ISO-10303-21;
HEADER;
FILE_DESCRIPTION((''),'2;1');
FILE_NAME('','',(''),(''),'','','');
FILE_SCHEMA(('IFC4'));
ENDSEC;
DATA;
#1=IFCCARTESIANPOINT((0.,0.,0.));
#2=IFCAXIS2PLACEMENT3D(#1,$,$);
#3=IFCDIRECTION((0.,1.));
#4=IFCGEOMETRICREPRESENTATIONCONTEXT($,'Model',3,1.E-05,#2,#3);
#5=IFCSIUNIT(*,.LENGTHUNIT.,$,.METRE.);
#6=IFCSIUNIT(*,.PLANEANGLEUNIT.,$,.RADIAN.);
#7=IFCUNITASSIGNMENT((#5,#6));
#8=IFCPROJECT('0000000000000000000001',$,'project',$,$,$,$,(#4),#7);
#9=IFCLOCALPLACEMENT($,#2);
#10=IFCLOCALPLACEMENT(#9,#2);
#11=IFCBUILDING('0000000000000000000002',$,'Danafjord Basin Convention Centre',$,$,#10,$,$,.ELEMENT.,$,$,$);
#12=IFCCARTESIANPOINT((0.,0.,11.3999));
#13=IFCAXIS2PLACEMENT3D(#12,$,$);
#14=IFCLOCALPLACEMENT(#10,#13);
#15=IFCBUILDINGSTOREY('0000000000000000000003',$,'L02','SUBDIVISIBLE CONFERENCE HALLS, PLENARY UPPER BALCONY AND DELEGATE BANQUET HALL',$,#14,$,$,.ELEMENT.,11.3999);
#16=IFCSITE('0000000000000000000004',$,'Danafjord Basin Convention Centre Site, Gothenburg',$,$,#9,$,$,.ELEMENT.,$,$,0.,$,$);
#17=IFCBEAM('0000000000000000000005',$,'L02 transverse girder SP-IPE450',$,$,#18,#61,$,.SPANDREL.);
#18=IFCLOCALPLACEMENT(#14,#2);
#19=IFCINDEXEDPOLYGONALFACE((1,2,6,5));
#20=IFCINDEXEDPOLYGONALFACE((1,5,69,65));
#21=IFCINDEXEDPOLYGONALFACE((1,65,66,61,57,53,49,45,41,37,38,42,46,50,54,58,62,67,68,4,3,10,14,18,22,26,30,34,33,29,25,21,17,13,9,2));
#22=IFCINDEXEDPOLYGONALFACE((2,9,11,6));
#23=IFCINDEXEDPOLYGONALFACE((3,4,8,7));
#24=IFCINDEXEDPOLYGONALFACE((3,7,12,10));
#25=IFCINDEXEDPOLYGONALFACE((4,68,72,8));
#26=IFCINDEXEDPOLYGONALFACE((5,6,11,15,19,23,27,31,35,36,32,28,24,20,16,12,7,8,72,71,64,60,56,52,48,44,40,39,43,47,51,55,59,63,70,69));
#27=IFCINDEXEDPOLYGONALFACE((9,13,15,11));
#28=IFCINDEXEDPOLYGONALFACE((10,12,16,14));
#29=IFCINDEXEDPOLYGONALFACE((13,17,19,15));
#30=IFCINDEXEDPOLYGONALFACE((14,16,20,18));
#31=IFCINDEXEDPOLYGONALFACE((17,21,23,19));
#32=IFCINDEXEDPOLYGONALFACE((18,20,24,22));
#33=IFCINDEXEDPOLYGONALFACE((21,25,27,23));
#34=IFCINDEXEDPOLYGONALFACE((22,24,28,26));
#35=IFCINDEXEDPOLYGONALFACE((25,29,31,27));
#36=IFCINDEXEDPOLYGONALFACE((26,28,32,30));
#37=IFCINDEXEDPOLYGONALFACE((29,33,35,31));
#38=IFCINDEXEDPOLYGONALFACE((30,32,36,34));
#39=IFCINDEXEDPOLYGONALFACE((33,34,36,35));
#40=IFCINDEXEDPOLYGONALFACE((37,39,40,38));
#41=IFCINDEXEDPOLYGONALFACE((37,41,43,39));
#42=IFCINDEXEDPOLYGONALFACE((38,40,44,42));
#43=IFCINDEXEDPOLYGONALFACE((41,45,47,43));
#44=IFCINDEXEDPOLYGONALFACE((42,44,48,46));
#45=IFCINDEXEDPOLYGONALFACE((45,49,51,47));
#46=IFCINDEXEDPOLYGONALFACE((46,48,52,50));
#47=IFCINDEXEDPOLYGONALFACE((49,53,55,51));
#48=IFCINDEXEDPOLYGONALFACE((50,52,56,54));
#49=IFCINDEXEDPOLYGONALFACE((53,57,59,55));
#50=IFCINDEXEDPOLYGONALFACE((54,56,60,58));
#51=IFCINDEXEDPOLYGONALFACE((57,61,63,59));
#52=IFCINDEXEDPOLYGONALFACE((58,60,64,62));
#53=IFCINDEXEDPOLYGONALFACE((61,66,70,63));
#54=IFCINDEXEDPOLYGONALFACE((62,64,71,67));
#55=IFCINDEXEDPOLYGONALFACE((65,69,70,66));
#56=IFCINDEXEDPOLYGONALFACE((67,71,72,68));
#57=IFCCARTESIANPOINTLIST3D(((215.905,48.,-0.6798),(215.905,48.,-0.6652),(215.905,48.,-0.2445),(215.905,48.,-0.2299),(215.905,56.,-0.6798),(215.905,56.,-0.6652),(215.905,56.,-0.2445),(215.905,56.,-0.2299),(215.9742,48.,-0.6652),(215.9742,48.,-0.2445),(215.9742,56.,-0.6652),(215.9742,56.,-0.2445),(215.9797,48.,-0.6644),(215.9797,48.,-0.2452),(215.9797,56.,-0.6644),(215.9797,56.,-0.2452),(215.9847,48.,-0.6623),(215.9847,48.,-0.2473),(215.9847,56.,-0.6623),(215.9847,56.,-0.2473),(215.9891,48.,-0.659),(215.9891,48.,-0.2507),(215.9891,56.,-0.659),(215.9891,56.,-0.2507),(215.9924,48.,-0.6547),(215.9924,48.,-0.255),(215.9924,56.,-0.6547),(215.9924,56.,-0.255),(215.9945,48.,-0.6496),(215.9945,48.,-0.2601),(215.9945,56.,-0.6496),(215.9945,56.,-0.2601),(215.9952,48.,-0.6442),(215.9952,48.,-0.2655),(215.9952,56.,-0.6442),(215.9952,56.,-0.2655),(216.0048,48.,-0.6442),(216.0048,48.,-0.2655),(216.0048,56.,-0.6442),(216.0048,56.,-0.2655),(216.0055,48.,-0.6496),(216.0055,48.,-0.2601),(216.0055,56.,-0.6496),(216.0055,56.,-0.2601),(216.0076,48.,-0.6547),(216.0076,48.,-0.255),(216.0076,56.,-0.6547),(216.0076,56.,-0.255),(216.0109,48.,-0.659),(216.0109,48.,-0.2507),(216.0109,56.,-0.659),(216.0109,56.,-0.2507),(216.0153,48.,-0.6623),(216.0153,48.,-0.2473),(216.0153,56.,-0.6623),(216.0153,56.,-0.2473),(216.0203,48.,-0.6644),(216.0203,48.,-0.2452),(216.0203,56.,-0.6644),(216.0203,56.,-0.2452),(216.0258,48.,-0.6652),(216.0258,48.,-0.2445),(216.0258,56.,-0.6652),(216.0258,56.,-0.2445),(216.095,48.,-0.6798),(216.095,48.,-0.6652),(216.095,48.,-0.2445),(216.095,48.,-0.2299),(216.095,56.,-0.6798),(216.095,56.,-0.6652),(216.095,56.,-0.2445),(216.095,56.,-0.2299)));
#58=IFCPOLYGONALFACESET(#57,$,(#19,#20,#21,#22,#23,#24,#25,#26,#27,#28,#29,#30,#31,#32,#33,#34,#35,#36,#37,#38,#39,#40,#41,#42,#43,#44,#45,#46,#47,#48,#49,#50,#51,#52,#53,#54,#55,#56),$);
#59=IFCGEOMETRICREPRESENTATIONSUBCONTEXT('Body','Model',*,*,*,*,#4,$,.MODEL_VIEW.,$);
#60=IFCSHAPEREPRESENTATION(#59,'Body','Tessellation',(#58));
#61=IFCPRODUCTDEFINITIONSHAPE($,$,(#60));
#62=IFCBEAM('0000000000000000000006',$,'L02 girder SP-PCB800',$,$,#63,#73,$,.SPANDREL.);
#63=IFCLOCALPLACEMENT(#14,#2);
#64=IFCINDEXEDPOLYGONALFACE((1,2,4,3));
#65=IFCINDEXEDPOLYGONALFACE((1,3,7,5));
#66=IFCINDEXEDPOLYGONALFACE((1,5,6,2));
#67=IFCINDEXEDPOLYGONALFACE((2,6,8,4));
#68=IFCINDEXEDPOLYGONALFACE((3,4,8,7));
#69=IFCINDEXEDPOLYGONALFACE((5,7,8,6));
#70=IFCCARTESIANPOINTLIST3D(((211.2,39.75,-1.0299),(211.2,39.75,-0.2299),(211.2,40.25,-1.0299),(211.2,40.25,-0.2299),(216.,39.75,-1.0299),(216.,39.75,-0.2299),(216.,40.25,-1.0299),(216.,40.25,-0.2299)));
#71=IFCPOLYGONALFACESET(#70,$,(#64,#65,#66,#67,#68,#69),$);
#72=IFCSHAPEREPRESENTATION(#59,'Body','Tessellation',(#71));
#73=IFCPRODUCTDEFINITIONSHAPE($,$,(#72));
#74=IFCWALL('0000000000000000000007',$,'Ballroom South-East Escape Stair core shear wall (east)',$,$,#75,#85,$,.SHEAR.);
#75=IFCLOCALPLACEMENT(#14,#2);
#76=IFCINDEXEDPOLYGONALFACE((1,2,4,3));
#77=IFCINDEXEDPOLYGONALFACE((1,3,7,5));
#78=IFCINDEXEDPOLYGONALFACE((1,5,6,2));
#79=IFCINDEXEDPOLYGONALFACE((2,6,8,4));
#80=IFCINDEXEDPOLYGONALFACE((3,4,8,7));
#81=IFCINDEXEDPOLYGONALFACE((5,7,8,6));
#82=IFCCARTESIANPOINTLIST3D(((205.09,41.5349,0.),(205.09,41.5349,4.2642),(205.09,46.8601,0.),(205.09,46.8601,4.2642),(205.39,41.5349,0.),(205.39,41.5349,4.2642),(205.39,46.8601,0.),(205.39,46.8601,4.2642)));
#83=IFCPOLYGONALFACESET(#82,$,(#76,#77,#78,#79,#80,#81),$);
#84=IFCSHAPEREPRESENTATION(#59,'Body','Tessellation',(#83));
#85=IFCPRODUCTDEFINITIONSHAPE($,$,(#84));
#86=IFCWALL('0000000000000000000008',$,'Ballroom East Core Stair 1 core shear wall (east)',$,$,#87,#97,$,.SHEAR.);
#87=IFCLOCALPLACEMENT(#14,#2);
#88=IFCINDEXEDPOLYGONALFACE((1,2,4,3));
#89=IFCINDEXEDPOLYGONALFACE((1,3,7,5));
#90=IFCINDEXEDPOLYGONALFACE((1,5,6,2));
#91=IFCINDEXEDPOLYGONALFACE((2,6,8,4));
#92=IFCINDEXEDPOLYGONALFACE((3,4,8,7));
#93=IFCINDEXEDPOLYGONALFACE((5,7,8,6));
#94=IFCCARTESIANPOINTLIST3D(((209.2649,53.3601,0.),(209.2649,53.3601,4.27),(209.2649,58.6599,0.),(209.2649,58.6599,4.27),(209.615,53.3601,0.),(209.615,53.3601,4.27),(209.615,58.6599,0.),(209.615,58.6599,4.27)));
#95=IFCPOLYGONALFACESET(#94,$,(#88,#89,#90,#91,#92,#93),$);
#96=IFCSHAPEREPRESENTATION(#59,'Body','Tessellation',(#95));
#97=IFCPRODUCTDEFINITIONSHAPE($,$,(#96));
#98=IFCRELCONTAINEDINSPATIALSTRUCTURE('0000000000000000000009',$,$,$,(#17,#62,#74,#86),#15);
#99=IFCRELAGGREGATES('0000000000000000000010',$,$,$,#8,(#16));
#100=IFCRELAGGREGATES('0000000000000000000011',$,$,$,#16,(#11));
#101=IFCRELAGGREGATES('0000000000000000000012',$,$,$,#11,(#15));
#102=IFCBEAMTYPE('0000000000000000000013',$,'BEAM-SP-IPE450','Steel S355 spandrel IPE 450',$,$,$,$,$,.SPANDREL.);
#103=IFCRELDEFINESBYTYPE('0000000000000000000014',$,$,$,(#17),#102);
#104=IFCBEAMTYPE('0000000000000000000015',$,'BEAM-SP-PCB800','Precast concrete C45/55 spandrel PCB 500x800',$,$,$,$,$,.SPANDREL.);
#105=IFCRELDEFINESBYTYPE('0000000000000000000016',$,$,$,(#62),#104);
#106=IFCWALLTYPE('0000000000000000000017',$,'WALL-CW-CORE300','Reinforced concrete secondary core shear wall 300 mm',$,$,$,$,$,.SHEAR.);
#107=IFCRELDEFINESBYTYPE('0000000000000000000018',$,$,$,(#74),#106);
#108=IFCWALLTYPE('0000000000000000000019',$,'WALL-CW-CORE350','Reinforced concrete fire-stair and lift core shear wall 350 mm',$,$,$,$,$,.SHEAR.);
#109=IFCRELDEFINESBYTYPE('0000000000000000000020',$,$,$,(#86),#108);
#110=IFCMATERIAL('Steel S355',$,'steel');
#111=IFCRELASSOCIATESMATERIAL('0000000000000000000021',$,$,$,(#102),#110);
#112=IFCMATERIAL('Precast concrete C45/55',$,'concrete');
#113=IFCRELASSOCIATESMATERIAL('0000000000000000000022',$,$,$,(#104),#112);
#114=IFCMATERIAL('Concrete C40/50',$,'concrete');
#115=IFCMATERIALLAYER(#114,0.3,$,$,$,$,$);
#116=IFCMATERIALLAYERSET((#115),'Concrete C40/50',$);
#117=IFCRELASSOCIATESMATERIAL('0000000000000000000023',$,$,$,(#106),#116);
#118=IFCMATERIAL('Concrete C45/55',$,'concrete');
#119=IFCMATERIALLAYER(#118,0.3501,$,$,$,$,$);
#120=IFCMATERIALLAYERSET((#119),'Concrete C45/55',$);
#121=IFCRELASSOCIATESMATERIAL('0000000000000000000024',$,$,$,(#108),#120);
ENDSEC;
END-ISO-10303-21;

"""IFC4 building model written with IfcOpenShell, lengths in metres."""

from ifc_helpers import new_model, si_unit, direction, frame, frame_2d, origin, origin_2d, place, context, subcontext, project, spatial, rectangle, i_section, extrude, material, layer, layer_set, material_profile, profile_set, type_object, element, save


model = new_model("IFC4")

# Units and contexts
model_context = context("Model", 3, precision=1e-05, world=origin(), true_north=direction((0.0, 1.0)))
body_context = subcontext(model_context, "Body", "Model", "MODEL_VIEW")
ifc_project = project(units=[si_unit("LENGTHUNIT", "METRE"), si_unit("PLANEANGLEUNIT", "RADIAN")], contexts=[model_context])

# Site, building, storey
site_placement = place(None, origin())
site = spatial("IfcSite", under=ifc_project, at=site_placement, Name="Danafjord Basin Convention Centre Site, Gothenburg", CompositionType="ELEMENT", RefElevation=0.0)
building_placement = place(site_placement, origin())
building = spatial("IfcBuilding", under=site, at=building_placement, Name="Danafjord Basin Convention Centre", CompositionType="ELEMENT")
storey_placement = place(building_placement, frame((0.0, 0.0, 11.3999)))
storey = spatial("IfcBuildingStorey", under=building, at=storey_placement, Name="L02", Description="SUBDIVISIBLE CONFERENCE HALLS, PLENARY UPPER BALCONY AND DELEGATE BANQUET HALL", CompositionType="ELEMENT", Elevation=11.3999)

# Shared definitions
ifc_material_1 = material(Name="Steel S355", Category="steel")

# Beams
ifc_material_profile_1 = material_profile(ifc_material_1, i_section(OverallWidth=0.1899, OverallDepth=0.45, WebThickness=0.0095, FlangeThickness=0.0146, FilletRadius=0.021, at=origin_2d()), Name="IPE 450")
ifc_profile_set_1 = profile_set([ifc_material_profile_1], Name="Steel S355")
beam_type_1 = type_object("IfcBeamType", Name="BEAM-SP-IPE450", Description="Steel S355 spandrel IPE 450", PredefinedType="SPANDREL", material=ifc_profile_set_1)
beam_1_placement = place(storey_placement, frame((216.0, 48.0, -0.4548), z_axis=(0.0, 1.0, 0.0), x_axis=(-1.0, 0.0, 0.0)))
element("IfcBeam", 1, at=beam_1_placement, inside=storey, type_object=beam_type_1, Name="L02 transverse girder SP-IPE450", PredefinedType="SPANDREL", context=body_context, shape_type="SweptSolid", body=[
    extrude(i_section(OverallWidth=0.1899, OverallDepth=0.45, WebThickness=0.0095, FlangeThickness=0.0146, FilletRadius=0.021, at=origin_2d()), origin(), (0.0, 0.0, 1.0), 8.0),
])
ifc_material_2 = material(Name="Precast concrete C45/55", Category="concrete")
ifc_material_profile_2 = material_profile(ifc_material_2, rectangle(XDim=0.5, YDim=0.8, at=origin_2d()), Name="PCB 500x800")
ifc_profile_set_2 = profile_set([ifc_material_profile_2], Name="Precast concrete C45/55")
beam_type_2 = type_object("IfcBeamType", Name="BEAM-SP-PCB800", Description="Precast concrete C45/55 spandrel PCB 500x800", PredefinedType="SPANDREL", material=ifc_profile_set_2)
beam_2_placement = place(storey_placement, frame((211.2, 40.0, -0.6299), z_axis=(1.0, 0.0, 0.0), x_axis=(0.0, 1.0, 0.0)))
element("IfcBeam", 2, at=beam_2_placement, inside=storey, type_object=beam_type_2, Name="L02 girder SP-PCB800", PredefinedType="SPANDREL", context=body_context, shape_type="SweptSolid", body=[
    extrude(rectangle(XDim=0.5, YDim=0.8, at=origin_2d()), origin(), (0.0, 0.0, 1.0), 4.8),
])

# Walls
ifc_material_3 = material(Name="Concrete C40/50", Category="concrete")
ifc_layer_1 = layer(ifc_material_3, 0.3)
ifc_layer_set_1 = layer_set([ifc_layer_1], Name="Concrete C40/50")
wall_type_1 = type_object("IfcWallType", Name="WALL-CW-CORE300", Description="Reinforced concrete secondary core shear wall 300 mm", PredefinedType="SHEAR", material=ifc_layer_set_1)
wall_1_placement = place(storey_placement, frame((205.24, 41.5349, 0.0), z_axis=(0.0, 0.0, 1.0), x_axis=(0.0, 1.0, 0.0)))
element("IfcWall", 3, at=wall_1_placement, inside=storey, type_object=wall_type_1, Name="Ballroom South-East Escape Stair core shear wall (east)", PredefinedType="SHEAR", context=body_context, shape_type="SweptSolid", body=[
    extrude(rectangle(XDim=5.3252, YDim=0.3, at=frame_2d((2.6626, 0.0))), origin(), (0.0, 0.0, 1.0), 4.2642),
])
ifc_material_4 = material(Name="Concrete C45/55", Category="concrete")
ifc_layer_2 = layer(ifc_material_4, 0.3501)
ifc_layer_set_2 = layer_set([ifc_layer_2], Name="Concrete C45/55")
wall_type_2 = type_object("IfcWallType", Name="WALL-CW-CORE350", Description="Reinforced concrete fire-stair and lift core shear wall 350 mm", PredefinedType="SHEAR", material=ifc_layer_set_2)
wall_2_placement = place(storey_placement, frame((209.4399, 53.3601, 0.0), z_axis=(0.0, 0.0, 1.0), x_axis=(0.0, 1.0, 0.0)))
element("IfcWall", 4, at=wall_2_placement, inside=storey, type_object=wall_type_2, Name="Ballroom East Core Stair 1 core shear wall (east)", PredefinedType="SHEAR", context=body_context, shape_type="SweptSolid", body=[
    extrude(rectangle(XDim=5.2998, YDim=0.3501, at=frame_2d((2.6499, 0.0))), origin(), (0.0, 0.0, 1.0), 4.27),
])

save(model, "model.ifc")
